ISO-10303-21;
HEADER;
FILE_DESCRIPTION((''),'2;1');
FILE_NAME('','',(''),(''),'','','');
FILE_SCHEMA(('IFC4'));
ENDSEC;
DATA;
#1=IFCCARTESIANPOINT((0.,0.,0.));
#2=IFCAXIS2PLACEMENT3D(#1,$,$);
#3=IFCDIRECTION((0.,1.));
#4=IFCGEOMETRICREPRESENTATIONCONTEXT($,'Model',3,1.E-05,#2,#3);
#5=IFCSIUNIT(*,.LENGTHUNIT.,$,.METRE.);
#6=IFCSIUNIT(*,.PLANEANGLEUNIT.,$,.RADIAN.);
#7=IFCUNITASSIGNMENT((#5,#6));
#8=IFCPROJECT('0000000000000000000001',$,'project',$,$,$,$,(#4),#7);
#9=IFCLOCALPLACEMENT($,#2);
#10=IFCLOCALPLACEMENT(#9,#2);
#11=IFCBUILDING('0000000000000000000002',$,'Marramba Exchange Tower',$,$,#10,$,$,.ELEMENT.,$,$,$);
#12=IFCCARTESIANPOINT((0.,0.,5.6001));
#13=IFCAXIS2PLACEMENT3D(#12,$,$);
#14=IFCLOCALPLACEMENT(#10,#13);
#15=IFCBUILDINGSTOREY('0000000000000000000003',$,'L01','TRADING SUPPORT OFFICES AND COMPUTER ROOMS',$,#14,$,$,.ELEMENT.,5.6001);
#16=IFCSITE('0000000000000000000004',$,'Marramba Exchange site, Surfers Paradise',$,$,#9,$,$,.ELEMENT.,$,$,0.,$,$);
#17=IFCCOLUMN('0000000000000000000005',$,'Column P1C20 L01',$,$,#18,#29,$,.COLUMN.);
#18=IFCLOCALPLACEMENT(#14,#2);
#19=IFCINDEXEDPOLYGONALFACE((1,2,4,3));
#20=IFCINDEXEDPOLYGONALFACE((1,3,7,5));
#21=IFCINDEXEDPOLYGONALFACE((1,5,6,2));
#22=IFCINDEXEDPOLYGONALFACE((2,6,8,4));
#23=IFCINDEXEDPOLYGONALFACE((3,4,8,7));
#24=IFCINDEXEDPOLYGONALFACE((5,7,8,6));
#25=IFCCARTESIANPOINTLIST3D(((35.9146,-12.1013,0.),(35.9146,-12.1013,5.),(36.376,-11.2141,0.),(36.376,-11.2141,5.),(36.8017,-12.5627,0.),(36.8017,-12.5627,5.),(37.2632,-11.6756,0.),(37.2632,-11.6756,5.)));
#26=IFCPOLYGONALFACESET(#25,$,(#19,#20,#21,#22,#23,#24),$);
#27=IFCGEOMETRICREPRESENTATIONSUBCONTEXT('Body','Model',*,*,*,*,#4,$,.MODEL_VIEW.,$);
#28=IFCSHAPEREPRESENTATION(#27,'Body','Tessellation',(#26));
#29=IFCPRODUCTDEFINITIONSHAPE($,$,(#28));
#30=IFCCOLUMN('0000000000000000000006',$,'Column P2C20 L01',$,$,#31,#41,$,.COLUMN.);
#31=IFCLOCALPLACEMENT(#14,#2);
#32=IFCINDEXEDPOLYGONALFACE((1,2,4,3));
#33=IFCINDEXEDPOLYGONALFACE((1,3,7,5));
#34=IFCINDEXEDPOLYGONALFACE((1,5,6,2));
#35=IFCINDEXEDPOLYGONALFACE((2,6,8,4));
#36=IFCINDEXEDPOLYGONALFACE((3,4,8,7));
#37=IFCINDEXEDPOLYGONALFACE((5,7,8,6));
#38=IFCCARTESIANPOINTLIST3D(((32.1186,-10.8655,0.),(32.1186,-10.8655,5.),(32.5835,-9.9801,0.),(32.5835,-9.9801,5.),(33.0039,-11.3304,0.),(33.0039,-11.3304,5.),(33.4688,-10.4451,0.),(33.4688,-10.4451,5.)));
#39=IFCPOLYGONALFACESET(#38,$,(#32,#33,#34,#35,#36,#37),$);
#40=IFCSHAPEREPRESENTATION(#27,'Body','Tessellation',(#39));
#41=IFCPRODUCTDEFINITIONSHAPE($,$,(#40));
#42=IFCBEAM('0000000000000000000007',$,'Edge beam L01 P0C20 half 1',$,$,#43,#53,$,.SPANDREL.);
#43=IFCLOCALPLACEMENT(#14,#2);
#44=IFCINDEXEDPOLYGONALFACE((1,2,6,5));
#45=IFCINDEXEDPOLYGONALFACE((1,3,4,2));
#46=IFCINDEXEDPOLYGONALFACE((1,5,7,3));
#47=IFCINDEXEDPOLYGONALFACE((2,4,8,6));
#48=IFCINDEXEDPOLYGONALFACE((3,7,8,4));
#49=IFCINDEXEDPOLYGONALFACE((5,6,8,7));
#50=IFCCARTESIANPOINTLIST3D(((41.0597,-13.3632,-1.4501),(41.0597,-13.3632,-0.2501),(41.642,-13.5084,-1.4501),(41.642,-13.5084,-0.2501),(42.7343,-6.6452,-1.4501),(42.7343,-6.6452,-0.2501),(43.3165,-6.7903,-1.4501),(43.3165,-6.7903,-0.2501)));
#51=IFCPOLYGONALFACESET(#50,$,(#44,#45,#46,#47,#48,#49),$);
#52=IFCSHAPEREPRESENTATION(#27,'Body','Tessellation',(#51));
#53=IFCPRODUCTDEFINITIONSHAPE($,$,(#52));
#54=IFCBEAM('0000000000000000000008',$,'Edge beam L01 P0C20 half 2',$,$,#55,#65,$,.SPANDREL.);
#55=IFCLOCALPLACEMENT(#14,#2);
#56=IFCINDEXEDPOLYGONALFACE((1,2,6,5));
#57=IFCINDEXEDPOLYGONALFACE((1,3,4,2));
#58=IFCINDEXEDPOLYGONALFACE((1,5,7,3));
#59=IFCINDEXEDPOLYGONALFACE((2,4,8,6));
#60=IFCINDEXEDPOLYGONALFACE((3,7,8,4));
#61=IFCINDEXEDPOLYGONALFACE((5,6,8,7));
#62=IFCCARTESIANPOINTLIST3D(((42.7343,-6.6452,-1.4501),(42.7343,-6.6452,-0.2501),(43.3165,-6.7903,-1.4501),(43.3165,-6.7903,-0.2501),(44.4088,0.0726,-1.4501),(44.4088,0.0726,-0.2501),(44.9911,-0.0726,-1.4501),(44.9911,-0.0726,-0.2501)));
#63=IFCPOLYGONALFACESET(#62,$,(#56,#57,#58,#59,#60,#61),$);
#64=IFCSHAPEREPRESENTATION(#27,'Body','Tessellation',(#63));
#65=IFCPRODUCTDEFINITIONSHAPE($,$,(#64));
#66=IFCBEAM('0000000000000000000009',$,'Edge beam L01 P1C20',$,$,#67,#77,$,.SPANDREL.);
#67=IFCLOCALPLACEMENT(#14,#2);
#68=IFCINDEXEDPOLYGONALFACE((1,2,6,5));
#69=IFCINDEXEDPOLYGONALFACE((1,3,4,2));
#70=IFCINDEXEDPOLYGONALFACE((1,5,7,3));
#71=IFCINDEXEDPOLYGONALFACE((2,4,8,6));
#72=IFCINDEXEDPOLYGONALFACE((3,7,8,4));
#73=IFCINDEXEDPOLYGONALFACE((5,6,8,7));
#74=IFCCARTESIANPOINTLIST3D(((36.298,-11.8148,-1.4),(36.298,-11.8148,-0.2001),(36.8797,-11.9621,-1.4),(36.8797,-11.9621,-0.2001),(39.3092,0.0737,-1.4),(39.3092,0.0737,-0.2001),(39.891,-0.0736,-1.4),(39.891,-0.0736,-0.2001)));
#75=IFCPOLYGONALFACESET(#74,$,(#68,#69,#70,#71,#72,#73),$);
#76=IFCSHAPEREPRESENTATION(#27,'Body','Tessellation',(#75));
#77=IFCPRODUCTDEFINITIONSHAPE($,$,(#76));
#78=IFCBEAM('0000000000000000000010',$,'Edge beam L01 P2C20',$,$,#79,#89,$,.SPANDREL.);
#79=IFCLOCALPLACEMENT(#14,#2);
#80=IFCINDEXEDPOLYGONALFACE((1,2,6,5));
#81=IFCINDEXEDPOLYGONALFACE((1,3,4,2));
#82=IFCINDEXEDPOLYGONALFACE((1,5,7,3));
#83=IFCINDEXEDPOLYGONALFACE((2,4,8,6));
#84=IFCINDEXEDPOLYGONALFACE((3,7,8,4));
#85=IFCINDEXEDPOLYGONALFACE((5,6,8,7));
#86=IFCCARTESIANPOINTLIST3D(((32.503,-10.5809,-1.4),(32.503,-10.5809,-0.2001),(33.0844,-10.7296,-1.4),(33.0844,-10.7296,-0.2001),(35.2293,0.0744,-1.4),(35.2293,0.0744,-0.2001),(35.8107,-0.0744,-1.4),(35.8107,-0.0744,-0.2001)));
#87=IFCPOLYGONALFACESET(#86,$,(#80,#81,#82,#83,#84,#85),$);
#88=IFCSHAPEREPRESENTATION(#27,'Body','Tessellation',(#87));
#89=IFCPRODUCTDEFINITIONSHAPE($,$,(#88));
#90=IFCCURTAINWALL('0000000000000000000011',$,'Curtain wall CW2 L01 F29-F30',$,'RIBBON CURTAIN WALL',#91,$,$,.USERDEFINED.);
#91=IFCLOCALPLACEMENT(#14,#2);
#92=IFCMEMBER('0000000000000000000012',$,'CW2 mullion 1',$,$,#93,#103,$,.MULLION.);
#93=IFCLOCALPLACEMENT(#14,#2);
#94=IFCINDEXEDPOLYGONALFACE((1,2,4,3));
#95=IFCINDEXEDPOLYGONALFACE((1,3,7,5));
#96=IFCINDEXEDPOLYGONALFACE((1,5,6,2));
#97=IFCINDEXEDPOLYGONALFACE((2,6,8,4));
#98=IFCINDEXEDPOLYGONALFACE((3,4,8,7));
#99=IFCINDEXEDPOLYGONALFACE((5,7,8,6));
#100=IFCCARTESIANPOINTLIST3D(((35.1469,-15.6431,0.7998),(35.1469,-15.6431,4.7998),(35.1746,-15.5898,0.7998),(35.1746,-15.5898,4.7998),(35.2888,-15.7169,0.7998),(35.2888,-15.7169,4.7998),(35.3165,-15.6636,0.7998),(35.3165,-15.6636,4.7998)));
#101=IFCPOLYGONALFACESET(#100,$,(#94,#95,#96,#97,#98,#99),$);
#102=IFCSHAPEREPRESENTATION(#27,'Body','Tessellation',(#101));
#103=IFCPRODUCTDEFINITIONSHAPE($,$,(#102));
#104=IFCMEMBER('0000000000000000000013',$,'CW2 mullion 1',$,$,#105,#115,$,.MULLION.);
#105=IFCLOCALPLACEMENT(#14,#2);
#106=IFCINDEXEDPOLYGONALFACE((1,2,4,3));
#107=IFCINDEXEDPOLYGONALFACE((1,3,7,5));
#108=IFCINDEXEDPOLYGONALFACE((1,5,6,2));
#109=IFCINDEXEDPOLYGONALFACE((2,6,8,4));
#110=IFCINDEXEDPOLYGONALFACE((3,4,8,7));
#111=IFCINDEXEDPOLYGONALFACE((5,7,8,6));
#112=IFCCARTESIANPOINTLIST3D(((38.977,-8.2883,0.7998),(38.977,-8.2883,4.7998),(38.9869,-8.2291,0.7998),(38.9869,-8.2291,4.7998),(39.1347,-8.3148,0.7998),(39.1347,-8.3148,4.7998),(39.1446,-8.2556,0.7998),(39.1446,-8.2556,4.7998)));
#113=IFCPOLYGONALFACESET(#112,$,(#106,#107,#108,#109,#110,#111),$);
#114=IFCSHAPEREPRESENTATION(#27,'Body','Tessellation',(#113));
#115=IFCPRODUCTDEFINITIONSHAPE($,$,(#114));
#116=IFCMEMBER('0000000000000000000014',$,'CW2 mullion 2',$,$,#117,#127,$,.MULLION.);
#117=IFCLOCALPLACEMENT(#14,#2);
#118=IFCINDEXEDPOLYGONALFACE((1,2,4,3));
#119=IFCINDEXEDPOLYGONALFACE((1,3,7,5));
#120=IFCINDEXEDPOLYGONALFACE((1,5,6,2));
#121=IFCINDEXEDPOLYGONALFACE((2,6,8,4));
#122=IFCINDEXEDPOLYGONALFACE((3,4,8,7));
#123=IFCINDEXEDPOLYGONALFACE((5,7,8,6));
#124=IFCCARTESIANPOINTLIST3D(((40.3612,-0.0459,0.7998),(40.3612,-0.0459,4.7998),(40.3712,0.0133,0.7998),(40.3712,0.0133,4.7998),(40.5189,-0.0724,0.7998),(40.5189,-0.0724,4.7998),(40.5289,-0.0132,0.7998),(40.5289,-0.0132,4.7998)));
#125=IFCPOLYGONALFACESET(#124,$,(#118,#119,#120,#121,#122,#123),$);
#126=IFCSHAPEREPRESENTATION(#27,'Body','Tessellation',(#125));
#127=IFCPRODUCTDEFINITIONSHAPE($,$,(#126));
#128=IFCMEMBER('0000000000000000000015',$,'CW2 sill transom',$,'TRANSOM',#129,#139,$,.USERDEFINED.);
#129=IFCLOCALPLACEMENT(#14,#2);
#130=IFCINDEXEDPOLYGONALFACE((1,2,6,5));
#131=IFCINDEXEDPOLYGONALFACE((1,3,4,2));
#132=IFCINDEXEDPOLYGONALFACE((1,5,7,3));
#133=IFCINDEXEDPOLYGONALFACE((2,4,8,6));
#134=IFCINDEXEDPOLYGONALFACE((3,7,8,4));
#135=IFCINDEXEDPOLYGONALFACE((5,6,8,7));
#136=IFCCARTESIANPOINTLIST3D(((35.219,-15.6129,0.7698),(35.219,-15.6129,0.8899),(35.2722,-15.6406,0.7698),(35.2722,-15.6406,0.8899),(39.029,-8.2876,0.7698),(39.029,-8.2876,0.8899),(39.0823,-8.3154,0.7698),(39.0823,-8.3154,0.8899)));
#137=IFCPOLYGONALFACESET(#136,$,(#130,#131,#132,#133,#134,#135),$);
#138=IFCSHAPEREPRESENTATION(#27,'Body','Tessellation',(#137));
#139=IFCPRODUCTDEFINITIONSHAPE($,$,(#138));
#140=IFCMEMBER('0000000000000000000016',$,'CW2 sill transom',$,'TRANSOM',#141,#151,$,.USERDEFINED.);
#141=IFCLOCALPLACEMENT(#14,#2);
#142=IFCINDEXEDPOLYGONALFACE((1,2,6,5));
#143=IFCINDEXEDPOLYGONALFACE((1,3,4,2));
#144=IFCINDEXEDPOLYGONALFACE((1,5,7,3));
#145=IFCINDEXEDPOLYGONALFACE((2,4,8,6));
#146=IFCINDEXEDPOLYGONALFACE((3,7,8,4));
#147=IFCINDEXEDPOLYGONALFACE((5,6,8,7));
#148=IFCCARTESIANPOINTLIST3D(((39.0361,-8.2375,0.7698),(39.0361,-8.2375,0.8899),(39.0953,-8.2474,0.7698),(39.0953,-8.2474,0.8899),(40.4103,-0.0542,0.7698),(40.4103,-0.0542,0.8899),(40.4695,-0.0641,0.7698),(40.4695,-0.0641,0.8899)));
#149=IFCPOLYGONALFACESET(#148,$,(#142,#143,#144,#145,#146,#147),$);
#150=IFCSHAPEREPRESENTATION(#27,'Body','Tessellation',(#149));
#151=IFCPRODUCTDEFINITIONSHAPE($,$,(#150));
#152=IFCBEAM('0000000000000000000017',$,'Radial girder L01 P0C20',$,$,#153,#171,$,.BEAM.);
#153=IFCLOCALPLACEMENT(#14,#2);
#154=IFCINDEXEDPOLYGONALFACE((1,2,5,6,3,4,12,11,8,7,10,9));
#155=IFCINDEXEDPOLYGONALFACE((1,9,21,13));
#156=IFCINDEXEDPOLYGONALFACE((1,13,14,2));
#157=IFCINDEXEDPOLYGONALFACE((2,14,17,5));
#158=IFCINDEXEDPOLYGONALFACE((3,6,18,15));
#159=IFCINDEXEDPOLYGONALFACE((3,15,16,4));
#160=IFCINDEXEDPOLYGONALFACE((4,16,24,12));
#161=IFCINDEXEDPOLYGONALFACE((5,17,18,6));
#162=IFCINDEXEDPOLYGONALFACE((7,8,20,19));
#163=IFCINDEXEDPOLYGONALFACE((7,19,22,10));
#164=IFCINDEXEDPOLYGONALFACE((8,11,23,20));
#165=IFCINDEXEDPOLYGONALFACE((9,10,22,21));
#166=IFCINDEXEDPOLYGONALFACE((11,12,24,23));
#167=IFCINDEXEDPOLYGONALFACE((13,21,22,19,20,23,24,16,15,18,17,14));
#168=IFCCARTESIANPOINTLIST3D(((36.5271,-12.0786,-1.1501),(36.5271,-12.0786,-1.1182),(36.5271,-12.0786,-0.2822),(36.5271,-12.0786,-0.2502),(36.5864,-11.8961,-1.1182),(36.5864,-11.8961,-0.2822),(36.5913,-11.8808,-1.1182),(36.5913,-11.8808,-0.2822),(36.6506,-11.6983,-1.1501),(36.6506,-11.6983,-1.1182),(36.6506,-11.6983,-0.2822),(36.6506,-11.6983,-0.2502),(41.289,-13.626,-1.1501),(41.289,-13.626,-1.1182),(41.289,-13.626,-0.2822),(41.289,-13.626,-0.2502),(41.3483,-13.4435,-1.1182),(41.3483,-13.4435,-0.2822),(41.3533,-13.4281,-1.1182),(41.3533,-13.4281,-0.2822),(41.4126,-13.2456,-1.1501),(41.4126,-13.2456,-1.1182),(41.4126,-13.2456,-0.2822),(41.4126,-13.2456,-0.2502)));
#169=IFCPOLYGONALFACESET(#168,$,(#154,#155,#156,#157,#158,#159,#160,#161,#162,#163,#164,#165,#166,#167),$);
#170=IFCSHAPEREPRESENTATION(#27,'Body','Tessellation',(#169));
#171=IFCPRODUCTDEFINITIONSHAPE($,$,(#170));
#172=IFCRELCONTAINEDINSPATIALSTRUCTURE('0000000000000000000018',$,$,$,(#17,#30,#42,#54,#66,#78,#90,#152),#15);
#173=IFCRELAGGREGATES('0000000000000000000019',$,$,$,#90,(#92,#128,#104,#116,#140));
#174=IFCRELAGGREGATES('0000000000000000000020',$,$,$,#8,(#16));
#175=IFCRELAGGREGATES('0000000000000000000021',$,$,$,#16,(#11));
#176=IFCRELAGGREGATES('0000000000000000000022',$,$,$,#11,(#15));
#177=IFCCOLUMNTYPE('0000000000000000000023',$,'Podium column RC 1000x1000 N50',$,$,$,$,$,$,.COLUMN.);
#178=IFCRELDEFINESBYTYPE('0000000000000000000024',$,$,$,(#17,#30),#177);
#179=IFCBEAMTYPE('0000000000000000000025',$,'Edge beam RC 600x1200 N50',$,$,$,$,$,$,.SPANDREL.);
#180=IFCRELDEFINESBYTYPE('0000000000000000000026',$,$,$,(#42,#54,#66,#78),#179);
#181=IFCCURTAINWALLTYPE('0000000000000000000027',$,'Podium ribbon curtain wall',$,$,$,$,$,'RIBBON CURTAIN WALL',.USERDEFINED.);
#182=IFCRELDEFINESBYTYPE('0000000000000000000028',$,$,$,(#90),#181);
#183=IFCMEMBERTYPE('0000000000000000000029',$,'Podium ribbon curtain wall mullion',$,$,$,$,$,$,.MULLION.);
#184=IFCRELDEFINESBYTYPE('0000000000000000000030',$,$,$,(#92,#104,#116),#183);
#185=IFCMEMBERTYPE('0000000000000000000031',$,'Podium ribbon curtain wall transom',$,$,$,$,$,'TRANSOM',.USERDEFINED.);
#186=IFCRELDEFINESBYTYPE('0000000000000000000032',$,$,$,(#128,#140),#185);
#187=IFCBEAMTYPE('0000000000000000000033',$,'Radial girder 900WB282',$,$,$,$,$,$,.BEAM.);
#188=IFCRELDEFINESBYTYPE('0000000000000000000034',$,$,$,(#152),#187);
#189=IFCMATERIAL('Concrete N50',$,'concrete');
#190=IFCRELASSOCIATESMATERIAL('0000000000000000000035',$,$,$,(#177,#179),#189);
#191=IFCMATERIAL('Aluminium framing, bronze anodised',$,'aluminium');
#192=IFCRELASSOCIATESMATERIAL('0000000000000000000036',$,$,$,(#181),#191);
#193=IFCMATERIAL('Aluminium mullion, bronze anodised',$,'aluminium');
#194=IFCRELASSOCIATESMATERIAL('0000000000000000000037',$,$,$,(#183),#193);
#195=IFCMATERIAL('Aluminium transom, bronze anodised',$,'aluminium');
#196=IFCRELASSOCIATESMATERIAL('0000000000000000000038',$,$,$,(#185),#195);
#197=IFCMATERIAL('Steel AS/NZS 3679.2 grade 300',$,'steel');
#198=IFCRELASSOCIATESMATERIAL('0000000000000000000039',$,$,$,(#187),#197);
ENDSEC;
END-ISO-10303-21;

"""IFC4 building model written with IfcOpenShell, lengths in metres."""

from ifc_helpers import new_model, si_unit, direction, frame, origin, origin_2d, place, context, subcontext, project, spatial, rectangle, i_section, extrude, material, material_profile, profile_set, type_object, element, aggregate, save


model = new_model("IFC4")

# Units and contexts
model_context = context("Model", 3, precision=1e-05, world=origin(), true_north=direction((0.0, 1.0)))
body_context = subcontext(model_context, "Body", "Model", "MODEL_VIEW")
ifc_project = project(units=[si_unit("LENGTHUNIT", "METRE"), si_unit("PLANEANGLEUNIT", "RADIAN")], contexts=[model_context])

# Site, building, storey
site_placement = place(None, origin())
site = spatial("IfcSite", under=ifc_project, at=site_placement, Name="Marramba Exchange site, Surfers Paradise", CompositionType="ELEMENT", RefElevation=0.0)
building_placement = place(site_placement, origin())
building = spatial("IfcBuilding", under=site, at=building_placement, Name="Marramba Exchange Tower", CompositionType="ELEMENT")
storey_placement = place(building_placement, frame((0.0, 0.0, 5.6001)))
storey = spatial("IfcBuildingStorey", under=building, at=storey_placement, Name="L01", Description="TRADING SUPPORT OFFICES AND COMPUTER ROOMS", CompositionType="ELEMENT", Elevation=5.6001)

# Columns
ifc_material_1 = material(Name="Concrete N50", Category="concrete")
ifc_material_profile_1 = material_profile(ifc_material_1, rectangle(XDim=1.0, YDim=1.0, at=origin_2d()), Name="RC 1000x1000")
ifc_profile_set_1 = profile_set([ifc_material_profile_1], Name="Concrete N50")
column_type = type_object("IfcColumnType", Name="Podium column RC 1000x1000 N50", PredefinedType="COLUMN", material=ifc_profile_set_1)
for number, where, z_axis, x_axis, name in (
    (1, (36.5889, -11.8884, 0.0), (0.0, 0.0, 1.0), (0.887159, -0.461464, 0.0), "Column P1C20 L01"),
    (2, (32.7937, -10.6553, 0.0), (0.0, 0.0, 1.0), (0.885353, -0.464919, 0.0), "Column P2C20 L01"),
):
    element("IfcColumn", number, at=place(storey_placement, frame(where, z_axis=z_axis, x_axis=x_axis)), inside=storey, type_object=column_type, Name=name, PredefinedType="COLUMN", context=body_context, shape_type="SweptSolid", body=[
        extrude(rectangle(XDim=1.0, YDim=1.0, at=origin_2d()), origin(), (0.0, 0.0, 1.0), 5.0),
    ])

# Beams
ifc_material_profile_2 = material_profile(ifc_material_1, rectangle(XDim=0.6001, YDim=1.2, at=origin_2d()), Name="RC 600x1200")
ifc_profile_set_2 = profile_set([ifc_material_profile_2], Name="Concrete N50")
beam_type_1 = type_object("IfcBeamType", Name="Edge beam RC 600x1200 N50", PredefinedType="SPANDREL", material=ifc_profile_set_2)
beam_1_placement = place(storey_placement, frame((41.3508, -13.4358, -0.8501), z_axis=(0.241864, 0.97031, 0.0), x_axis=(-0.97031, 0.241864, 0.0)))
element("IfcBeam", 3, at=beam_1_placement, inside=storey, type_object=beam_type_1, Name="Edge beam L01 P0C20 half 1", PredefinedType="SPANDREL", context=body_context, shape_type="SweptSolid", body=[
    extrude(rectangle(XDim=0.6001, YDim=1.2, at=origin_2d()), origin(), (0.0, 0.0, 1.0), 6.9236),
])
beam_2_placement = place(storey_placement, frame((43.0254, -6.7178, -0.8501), z_axis=(0.241872, 0.970308, 0.0), x_axis=(-0.970308, 0.241872, 0.0)))
element("IfcBeam", 4, at=beam_2_placement, inside=storey, type_object=beam_type_1, Name="Edge beam L01 P0C20 half 2", PredefinedType="SPANDREL", context=body_context, shape_type="SweptSolid", body=[
    extrude(rectangle(XDim=0.6001, YDim=1.2, at=origin_2d()), origin(), (0.0, 0.0, 1.0), 6.9233),
])
beam_3_placement = place(storey_placement, frame((36.5889, -11.8884, -0.8), z_axis=(0.245537, 0.969387, 0.0), x_axis=(-0.969387, 0.245537, 0.0)))
element("IfcBeam", 5, at=beam_3_placement, inside=storey, type_object=beam_type_1, Name="Edge beam L01 P1C20", PredefinedType="SPANDREL", context=body_context, shape_type="SweptSolid", body=[
    extrude(rectangle(XDim=0.6001, YDim=1.2, at=origin_2d()), origin(), (0.0, 0.0, 1.0), 12.2639),
])
beam_4_placement = place(storey_placement, frame((32.7937, -10.6553, -0.8), z_axis=(0.24788, 0.968791, 0.0), x_axis=(-0.968791, 0.24788, 0.0)))
element("IfcBeam", 6, at=beam_4_placement, inside=storey, type_object=beam_type_1, Name="Edge beam L01 P2C20", PredefinedType="SPANDREL", context=body_context, shape_type="SweptSolid", body=[
    extrude(rectangle(XDim=0.6001, YDim=1.2, at=origin_2d()), origin(), (0.0, 0.0, 1.0), 10.9985),
])

# Curtain wall, members
ifc_material_2 = material(Name="Aluminium framing, bronze anodised", Category="aluminium")
curtain_wall_type = type_object("IfcCurtainWallType", Name="Podium ribbon curtain wall", ElementType="RIBBON CURTAIN WALL", PredefinedType="USERDEFINED", material=ifc_material_2)
curtain_wall_placement = place(storey_placement, origin())
curtain_wall = element("IfcCurtainWall", 7, at=curtain_wall_placement, inside=storey, type_object=curtain_wall_type, Name="Curtain wall CW2 L01 F29-F30", ObjectType="RIBBON CURTAIN WALL", PredefinedType="USERDEFINED")
ifc_material_3 = material(Name="Aluminium mullion, bronze anodised", Category="aluminium")
ifc_material_profile_3 = material_profile(ifc_material_3, rectangle(XDim=0.1599, YDim=0.0601, at=origin_2d()), Name="CW2 mullion 60x160")
ifc_profile_set_3 = profile_set([ifc_material_profile_3], Name="Aluminium mullion, bronze anodised")
member_type_1 = type_object("IfcMemberType", Name="Podium ribbon curtain wall mullion", PredefinedType="MULLION", material=ifc_profile_set_3)
member_1_placement = place(storey_placement, frame((35.2317, -15.6533, 0.7998), z_axis=(0.0, 0.0, 1.0), x_axis=(-0.887159, 0.461464, 0.0)))
member_1 = element("IfcMember", 8, at=member_1_placement, type_object=member_type_1, Name="CW2 mullion 1", PredefinedType="MULLION", context=body_context, shape_type="SweptSolid", body=[
    extrude(rectangle(XDim=0.1599, YDim=0.0601, at=origin_2d()), origin(), (0.0, 0.0, 1.0), 4.0),
])
member_2_placement = place(storey_placement, frame((39.0608, -8.272, 0.7998), z_axis=(0.0, 0.0, 1.0), x_axis=(-0.986188, 0.165628, 0.0)))
member_2 = element("IfcMember", 9, at=member_2_placement, type_object=member_type_1, Name="CW2 mullion 1", PredefinedType="MULLION", context=body_context, shape_type="SweptSolid", body=[
    extrude(rectangle(XDim=0.1599, YDim=0.0601, at=origin_2d()), origin(), (0.0, 0.0, 1.0), 4.0),
])
member_3_placement = place(storey_placement, frame((40.4451, -0.0295, 0.7998), z_axis=(0.0, 0.0, 1.0), x_axis=(-0.986188, 0.165628, 0.0)))
member_3 = element("IfcMember", 10, at=member_3_placement, type_object=member_type_1, Name="CW2 mullion 2", PredefinedType="MULLION", context=body_context, shape_type="SweptSolid", body=[
    extrude(rectangle(XDim=0.1599, YDim=0.0601, at=origin_2d()), origin(), (0.0, 0.0, 1.0), 4.0),
])
ifc_material_4 = material(Name="Aluminium transom, bronze anodised", Category="aluminium")
ifc_material_profile_4 = material_profile(ifc_material_4, rectangle(XDim=0.0601, YDim=0.1201, at=origin_2d()), Name="CW2 transom 60x120")
ifc_profile_set_4 = profile_set([ifc_material_profile_4], Name="Aluminium transom, bronze anodised")
member_type_2 = type_object("IfcMemberType", Name="Podium ribbon curtain wall transom", ElementType="TRANSOM", PredefinedType="USERDEFINED", material=ifc_profile_set_4)
member_4_placement = place(storey_placement, frame((35.2456, -15.6267, 0.8298), z_axis=(0.461444, 0.887169, 0.0), x_axis=(-0.887169, 0.461444, 0.0)))
member_4 = element("IfcMember", 11, at=member_4_placement, type_object=member_type_2, Name="CW2 sill transom", ObjectType="TRANSOM", PredefinedType="USERDEFINED", context=body_context, shape_type="SweptSolid", body=[
    extrude(rectangle(XDim=0.0601, YDim=0.1201, at=origin_2d()), origin(), (0.0, 0.0, 1.0), 8.2568),
])
member_5_placement = place(storey_placement, frame((39.0657, -8.2424, 0.8298), z_axis=(0.165615, 0.98619, 0.0), x_axis=(-0.98619, 0.165615, 0.0)))
member_5 = element("IfcMember", 12, at=member_5_placement, type_object=member_type_2, Name="CW2 sill transom", ObjectType="TRANSOM", PredefinedType="USERDEFINED", context=body_context, shape_type="SweptSolid", body=[
    extrude(rectangle(XDim=0.0601, YDim=0.1201, at=origin_2d()), origin(), (0.0, 0.0, 1.0), 8.2979),
])

# Beam
ifc_material_5 = material(Name="Steel AS/NZS 3679.2 grade 300", Category="steel")
ifc_material_profile_5 = material_profile(ifc_material_5, i_section(OverallWidth=0.3999, OverallDepth=0.8999, WebThickness=0.0161, FlangeThickness=0.032, at=origin_2d()), Name="900WB282")
ifc_profile_set_5 = profile_set([ifc_material_profile_5], Name="Steel AS/NZS 3679.2 grade 300")
beam_type_2 = type_object("IfcBeamType", Name="Radial girder 900WB282", PredefinedType="BEAM", material=ifc_profile_set_5)
beam_5_placement = place(storey_placement, frame((41.3508, -13.4358, -0.7002), z_axis=(-0.95105, 0.309036, 0.0), x_axis=(-0.309036, -0.95105, 0.0)))
element("IfcBeam", 13, at=beam_5_placement, inside=storey, type_object=beam_type_2, Name="Radial girder L01 P0C20", PredefinedType="BEAM", context=body_context, shape_type="SweptSolid", body=[
    extrude(i_section(OverallWidth=0.3999, OverallDepth=0.8999, WebThickness=0.0161, FlangeThickness=0.032, at=origin_2d()), origin(), (0.0, 0.0, 1.0), 5.0071),
])

aggregate(curtain_wall, [member_1, member_4, member_2, member_3, member_5])

save(model, "model.ifc")
